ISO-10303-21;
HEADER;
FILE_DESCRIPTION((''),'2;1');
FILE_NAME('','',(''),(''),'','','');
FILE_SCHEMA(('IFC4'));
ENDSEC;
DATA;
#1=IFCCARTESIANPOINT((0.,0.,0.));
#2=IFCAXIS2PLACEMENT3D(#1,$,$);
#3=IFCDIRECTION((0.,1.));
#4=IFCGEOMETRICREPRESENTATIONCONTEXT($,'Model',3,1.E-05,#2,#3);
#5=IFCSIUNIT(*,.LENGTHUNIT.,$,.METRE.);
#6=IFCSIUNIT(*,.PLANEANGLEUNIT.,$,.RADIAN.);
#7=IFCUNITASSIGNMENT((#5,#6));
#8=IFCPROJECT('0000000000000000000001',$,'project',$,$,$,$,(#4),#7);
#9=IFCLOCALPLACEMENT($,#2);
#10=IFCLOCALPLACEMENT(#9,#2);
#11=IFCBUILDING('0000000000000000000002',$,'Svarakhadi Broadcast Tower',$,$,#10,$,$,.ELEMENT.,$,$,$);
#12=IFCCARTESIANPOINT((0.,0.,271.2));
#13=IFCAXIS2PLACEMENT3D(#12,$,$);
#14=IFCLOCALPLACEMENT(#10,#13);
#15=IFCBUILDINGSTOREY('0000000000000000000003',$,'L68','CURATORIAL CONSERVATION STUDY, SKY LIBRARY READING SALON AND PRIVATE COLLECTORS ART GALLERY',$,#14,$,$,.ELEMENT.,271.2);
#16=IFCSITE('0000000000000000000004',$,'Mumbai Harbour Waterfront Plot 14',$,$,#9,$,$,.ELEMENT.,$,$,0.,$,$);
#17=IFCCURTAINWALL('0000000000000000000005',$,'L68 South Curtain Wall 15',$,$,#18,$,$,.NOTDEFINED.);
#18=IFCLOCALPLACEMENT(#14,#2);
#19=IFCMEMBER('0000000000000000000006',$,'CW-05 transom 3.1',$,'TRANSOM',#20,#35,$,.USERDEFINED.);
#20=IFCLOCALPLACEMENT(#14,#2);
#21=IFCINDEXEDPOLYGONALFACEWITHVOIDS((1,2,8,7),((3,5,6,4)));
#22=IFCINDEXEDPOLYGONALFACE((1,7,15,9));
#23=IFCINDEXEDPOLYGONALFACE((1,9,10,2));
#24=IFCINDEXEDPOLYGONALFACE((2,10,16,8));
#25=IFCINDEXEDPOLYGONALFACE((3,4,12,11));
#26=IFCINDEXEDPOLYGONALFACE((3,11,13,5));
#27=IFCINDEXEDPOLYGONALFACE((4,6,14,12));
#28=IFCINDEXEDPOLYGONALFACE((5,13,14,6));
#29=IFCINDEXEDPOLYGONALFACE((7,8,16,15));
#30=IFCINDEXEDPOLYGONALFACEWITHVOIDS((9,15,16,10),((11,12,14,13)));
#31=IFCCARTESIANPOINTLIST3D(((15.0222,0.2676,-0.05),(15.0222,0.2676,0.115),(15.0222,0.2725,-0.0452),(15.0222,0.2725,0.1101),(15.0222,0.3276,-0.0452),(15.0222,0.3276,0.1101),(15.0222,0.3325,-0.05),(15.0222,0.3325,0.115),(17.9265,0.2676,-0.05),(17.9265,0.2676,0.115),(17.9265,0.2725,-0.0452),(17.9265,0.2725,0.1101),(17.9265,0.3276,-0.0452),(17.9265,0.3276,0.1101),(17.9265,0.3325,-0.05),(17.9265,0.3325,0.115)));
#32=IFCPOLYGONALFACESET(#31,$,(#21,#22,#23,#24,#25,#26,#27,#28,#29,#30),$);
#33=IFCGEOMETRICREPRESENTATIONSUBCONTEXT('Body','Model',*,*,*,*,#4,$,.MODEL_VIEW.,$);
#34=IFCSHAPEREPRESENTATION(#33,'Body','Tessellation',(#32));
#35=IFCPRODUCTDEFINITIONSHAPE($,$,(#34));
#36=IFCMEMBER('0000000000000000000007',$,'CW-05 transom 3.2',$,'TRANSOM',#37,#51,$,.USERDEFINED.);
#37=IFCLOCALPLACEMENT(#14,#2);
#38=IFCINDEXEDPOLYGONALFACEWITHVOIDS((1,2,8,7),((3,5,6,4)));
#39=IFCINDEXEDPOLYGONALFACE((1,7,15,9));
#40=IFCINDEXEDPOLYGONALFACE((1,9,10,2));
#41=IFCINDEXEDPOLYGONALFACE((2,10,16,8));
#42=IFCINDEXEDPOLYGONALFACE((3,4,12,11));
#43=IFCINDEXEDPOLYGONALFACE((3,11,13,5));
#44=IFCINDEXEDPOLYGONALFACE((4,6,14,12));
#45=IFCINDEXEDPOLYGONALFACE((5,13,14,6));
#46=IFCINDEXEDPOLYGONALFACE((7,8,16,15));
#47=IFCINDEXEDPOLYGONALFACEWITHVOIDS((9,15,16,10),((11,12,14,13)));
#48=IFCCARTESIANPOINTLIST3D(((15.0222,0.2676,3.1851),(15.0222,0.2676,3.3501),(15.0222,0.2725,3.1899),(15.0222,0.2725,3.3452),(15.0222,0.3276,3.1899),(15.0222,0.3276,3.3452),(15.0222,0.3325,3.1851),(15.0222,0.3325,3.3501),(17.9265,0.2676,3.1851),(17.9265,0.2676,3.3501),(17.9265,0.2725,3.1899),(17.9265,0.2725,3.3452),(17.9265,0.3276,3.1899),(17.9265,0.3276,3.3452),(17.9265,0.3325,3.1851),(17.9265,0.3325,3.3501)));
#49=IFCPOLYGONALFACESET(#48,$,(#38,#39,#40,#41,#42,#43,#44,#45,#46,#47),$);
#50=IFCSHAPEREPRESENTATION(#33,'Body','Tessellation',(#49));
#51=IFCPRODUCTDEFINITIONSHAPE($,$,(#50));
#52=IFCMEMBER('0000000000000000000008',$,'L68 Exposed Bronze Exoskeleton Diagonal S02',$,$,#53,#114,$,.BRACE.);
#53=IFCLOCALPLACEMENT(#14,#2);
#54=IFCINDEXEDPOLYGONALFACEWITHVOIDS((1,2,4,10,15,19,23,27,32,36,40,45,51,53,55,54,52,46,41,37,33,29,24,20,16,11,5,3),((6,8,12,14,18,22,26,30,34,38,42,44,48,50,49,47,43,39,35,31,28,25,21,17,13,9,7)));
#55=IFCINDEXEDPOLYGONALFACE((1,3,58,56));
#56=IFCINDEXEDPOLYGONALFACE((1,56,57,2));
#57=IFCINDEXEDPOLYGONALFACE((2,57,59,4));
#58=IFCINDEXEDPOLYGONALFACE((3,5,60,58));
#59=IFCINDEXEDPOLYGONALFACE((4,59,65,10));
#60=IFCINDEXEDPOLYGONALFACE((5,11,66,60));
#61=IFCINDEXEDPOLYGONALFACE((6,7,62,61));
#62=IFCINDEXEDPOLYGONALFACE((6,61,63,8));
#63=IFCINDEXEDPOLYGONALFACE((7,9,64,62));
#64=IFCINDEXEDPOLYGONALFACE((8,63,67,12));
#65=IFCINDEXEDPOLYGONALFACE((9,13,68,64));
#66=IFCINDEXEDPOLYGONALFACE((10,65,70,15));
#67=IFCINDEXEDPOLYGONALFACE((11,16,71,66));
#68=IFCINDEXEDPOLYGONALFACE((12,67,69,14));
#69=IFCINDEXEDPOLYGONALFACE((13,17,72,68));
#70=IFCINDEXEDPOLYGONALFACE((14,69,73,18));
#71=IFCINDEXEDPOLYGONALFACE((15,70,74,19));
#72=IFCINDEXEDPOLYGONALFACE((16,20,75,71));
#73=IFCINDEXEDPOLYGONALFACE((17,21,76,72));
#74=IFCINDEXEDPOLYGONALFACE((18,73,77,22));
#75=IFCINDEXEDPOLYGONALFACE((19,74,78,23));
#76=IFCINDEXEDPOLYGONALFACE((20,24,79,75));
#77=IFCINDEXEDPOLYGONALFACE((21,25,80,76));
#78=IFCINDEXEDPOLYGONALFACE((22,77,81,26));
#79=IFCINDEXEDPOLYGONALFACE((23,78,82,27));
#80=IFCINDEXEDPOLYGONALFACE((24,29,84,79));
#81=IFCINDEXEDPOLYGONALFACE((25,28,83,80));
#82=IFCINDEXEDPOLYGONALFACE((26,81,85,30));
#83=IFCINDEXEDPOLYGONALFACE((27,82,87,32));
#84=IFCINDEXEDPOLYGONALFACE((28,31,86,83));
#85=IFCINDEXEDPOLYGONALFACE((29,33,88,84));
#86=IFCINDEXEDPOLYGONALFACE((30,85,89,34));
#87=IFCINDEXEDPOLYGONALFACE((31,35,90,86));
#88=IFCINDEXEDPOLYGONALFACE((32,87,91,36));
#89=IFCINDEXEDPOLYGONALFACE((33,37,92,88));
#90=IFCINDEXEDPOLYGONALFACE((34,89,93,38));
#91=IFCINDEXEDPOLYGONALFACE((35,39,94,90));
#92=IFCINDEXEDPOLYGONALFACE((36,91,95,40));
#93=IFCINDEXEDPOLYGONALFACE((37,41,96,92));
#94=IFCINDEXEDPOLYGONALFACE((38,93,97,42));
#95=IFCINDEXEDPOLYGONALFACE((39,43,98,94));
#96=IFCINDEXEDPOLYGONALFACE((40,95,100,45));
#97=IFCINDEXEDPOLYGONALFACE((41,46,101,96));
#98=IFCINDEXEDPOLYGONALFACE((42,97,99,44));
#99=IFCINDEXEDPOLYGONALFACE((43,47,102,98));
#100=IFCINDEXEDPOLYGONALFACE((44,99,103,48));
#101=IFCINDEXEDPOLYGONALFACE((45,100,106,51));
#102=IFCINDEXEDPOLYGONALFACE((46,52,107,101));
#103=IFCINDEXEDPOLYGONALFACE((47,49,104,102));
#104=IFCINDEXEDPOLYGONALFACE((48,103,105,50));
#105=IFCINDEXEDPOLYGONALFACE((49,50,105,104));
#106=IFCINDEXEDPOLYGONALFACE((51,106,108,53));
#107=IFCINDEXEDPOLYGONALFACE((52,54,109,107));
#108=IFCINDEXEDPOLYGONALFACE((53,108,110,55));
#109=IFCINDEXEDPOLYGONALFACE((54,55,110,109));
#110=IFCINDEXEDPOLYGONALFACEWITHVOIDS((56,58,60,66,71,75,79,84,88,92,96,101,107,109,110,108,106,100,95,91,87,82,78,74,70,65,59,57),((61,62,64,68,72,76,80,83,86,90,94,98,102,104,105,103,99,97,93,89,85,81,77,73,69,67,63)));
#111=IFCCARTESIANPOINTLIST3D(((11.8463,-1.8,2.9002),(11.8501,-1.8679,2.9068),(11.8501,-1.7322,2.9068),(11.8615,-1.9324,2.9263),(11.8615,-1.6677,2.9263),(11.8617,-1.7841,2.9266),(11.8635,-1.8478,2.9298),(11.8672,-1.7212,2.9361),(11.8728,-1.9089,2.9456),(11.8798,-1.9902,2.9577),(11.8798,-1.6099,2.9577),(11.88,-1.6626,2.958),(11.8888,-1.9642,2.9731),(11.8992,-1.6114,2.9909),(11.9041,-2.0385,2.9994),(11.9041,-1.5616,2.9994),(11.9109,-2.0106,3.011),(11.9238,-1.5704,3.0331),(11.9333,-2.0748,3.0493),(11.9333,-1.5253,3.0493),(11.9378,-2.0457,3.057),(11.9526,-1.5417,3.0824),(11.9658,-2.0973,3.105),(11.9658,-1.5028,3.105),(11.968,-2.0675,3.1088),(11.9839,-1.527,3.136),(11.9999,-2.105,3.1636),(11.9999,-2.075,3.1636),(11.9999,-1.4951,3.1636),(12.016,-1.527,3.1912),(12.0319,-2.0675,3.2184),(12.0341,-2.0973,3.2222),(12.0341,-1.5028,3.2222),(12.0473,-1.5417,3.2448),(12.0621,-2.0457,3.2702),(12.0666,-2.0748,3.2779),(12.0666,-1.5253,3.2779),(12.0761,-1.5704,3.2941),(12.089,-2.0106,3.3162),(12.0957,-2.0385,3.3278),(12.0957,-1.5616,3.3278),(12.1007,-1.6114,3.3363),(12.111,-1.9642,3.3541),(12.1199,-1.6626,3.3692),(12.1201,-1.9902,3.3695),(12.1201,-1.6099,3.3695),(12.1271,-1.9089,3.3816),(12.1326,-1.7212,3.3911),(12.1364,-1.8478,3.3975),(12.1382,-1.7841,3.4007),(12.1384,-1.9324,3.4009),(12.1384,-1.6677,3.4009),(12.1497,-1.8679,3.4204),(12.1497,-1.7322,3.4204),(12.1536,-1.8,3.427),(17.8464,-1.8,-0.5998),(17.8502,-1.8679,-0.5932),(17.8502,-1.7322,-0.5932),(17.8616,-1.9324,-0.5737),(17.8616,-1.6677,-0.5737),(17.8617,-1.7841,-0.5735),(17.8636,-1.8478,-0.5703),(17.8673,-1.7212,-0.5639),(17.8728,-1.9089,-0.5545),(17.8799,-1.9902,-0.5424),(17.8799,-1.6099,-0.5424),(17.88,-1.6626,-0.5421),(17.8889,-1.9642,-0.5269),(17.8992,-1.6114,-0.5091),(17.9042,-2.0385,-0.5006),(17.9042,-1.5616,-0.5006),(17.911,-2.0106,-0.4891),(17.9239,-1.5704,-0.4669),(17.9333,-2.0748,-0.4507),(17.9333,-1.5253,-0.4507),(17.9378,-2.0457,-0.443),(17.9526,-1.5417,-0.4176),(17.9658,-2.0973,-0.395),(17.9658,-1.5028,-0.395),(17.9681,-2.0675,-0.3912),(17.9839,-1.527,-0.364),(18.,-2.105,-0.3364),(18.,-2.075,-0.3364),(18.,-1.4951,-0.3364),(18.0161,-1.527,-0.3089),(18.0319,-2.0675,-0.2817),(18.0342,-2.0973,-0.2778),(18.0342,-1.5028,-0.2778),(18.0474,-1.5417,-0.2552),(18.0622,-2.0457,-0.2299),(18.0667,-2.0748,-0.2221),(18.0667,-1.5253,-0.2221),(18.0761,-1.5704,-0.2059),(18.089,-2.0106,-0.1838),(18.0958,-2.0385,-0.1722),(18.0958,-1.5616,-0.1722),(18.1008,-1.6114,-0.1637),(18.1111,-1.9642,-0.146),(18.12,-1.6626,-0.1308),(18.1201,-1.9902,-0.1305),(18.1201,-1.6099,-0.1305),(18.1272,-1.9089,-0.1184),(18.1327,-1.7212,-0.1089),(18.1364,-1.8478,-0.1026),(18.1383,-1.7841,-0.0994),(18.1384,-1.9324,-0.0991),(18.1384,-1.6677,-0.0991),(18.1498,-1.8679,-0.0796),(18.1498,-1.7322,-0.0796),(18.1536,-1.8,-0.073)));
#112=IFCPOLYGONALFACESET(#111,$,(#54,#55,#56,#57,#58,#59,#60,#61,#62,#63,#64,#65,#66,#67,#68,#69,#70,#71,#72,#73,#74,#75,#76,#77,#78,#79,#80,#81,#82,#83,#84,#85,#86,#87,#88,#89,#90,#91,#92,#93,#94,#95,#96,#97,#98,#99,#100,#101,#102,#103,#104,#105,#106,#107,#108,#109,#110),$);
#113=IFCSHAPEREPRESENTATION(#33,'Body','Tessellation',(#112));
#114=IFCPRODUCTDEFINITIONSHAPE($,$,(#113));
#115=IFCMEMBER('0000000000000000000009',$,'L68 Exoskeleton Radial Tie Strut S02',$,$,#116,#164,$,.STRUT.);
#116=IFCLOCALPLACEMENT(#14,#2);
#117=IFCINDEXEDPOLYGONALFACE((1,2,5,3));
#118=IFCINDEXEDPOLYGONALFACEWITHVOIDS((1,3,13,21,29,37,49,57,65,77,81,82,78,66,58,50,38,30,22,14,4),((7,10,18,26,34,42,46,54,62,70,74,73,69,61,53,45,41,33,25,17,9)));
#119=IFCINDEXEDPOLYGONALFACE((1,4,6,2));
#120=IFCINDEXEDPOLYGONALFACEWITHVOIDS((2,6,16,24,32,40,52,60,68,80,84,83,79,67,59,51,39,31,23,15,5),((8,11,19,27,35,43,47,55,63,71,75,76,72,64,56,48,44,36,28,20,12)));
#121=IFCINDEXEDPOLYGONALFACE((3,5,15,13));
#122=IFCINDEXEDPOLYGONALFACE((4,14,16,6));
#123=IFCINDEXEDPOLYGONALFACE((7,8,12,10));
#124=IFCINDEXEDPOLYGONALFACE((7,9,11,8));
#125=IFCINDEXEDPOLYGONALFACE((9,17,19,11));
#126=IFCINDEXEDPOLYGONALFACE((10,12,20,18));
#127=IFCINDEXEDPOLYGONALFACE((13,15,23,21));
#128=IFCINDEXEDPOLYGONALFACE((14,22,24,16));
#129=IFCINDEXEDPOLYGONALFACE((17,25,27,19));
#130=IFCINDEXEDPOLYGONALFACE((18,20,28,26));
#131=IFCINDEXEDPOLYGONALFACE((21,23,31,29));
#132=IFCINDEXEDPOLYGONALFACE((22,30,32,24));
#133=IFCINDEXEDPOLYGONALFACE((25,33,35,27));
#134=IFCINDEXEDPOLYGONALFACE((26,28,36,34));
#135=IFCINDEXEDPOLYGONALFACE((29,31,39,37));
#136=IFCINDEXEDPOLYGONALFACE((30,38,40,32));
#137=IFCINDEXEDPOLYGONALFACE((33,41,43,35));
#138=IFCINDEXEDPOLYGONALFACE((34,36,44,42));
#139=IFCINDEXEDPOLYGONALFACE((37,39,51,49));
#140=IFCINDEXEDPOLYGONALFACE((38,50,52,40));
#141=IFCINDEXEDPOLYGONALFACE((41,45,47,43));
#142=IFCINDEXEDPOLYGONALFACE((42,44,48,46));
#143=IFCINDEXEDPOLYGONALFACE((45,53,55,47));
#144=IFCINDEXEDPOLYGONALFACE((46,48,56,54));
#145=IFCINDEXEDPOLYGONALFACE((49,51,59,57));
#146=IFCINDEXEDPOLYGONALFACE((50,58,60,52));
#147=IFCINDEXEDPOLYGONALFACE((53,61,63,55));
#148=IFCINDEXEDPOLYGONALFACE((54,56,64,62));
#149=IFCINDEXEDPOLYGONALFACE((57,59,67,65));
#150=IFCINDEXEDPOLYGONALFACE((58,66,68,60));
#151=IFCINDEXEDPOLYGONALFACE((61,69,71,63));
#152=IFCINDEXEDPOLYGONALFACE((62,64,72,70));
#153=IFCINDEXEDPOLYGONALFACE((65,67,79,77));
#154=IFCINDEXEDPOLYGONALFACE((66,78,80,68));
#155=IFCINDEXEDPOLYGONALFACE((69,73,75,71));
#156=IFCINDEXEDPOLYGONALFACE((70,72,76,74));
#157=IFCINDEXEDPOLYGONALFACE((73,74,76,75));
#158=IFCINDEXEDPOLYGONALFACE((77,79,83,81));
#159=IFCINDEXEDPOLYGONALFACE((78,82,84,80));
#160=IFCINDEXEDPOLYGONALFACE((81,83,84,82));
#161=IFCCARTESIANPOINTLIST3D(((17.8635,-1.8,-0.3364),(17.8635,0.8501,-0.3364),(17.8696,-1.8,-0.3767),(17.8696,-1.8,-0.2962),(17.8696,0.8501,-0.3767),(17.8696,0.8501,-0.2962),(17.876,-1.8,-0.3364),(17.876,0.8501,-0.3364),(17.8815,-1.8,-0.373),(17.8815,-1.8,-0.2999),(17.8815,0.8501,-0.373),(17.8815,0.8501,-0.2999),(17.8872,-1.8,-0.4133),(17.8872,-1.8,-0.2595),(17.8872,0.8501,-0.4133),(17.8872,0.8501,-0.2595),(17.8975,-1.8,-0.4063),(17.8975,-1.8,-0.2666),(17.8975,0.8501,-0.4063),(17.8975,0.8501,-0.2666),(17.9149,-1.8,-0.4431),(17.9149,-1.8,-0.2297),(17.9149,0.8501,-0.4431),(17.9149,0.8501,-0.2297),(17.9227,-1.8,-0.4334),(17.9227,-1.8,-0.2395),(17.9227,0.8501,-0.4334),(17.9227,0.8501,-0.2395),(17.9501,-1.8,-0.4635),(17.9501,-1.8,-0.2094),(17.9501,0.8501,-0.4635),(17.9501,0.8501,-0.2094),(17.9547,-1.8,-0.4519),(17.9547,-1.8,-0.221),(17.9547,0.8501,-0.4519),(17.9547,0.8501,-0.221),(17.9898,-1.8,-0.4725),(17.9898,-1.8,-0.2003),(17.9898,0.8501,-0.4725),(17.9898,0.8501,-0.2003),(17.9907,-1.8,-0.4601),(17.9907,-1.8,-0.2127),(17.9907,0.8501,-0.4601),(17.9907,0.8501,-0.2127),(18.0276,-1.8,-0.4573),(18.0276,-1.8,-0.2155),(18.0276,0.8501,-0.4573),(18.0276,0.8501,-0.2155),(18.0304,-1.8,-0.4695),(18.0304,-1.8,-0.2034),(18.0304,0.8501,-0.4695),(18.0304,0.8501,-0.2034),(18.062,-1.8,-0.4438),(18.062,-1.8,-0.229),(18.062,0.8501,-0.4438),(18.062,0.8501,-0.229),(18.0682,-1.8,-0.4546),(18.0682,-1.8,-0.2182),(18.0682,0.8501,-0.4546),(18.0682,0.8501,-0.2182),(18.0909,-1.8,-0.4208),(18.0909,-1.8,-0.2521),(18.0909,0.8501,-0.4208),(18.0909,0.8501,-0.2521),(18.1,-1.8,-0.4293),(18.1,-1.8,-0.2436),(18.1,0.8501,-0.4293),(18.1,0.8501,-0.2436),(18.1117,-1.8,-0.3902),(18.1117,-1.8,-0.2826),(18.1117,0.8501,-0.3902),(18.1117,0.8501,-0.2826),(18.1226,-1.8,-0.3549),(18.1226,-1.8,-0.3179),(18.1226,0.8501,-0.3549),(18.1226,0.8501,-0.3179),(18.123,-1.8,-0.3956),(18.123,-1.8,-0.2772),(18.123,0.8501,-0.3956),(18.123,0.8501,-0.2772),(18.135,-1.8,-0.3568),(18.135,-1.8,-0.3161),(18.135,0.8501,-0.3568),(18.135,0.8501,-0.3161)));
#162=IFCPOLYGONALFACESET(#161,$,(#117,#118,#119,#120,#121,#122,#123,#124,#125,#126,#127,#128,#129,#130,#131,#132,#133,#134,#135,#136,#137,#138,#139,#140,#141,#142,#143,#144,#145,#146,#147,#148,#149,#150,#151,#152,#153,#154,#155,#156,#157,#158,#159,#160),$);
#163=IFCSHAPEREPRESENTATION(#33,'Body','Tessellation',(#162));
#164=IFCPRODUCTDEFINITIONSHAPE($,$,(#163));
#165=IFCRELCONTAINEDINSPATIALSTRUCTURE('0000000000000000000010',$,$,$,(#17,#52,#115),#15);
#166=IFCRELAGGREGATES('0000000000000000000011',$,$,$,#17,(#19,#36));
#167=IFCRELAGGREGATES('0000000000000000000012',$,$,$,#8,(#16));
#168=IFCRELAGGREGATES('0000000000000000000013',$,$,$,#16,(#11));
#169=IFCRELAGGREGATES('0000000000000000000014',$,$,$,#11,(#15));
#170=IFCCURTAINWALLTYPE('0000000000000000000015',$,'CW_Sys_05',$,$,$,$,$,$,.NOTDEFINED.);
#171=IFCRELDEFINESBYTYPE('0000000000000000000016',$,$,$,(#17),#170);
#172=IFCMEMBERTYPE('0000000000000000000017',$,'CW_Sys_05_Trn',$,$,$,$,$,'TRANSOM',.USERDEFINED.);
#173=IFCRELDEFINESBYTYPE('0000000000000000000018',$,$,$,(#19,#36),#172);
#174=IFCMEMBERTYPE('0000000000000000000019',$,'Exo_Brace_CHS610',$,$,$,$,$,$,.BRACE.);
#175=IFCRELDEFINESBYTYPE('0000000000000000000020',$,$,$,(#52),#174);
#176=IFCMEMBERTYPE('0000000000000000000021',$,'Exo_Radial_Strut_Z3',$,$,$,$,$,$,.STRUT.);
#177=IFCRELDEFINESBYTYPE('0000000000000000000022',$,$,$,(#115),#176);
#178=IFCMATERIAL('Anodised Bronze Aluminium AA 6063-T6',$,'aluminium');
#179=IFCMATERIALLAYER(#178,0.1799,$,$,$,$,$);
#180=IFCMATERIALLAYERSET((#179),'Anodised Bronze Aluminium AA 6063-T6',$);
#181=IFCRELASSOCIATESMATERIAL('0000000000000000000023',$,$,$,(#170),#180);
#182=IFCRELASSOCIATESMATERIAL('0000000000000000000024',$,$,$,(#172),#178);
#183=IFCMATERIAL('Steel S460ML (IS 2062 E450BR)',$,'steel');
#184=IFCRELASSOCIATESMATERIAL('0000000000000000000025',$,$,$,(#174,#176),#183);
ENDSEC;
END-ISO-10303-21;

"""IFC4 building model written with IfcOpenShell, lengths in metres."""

from ifc_helpers import new_model, si_unit, direction, frame, origin, origin_2d, place, context, subcontext, project, spatial, hollow_rectangle, hollow_circle, extrude, material, layer, layer_set, material_profile, profile_set, type_object, element, aggregate, save


model = new_model("IFC4")

# Units and contexts
model_context = context("Model", 3, precision=1e-05, world=origin(), true_north=direction((0.0, 1.0)))
body_context = subcontext(model_context, "Body", "Model", "MODEL_VIEW")
ifc_project = project(units=[si_unit("LENGTHUNIT", "METRE"), si_unit("PLANEANGLEUNIT", "RADIAN")], contexts=[model_context])

# Site, building, storey
site_placement = place(None, origin())
site = spatial("IfcSite", under=ifc_project, at=site_placement, Name="Mumbai Harbour Waterfront Plot 14", CompositionType="ELEMENT", RefElevation=0.0)
building_placement = place(site_placement, origin())
building = spatial("IfcBuilding", under=site, at=building_placement, Name="Svarakhadi Broadcast Tower", CompositionType="ELEMENT")
storey_placement = place(building_placement, frame((0.0, 0.0, 271.2)))
storey = spatial("IfcBuildingStorey", under=building, at=storey_placement, Name="L68", Description="CURATORIAL CONSERVATION STUDY, SKY LIBRARY READING SALON AND PRIVATE COLLECTORS ART GALLERY", CompositionType="ELEMENT", Elevation=271.2)

# Shared definitions
ifc_material_1 = material(Name="Steel S460ML (IS 2062 E450BR)", Category="steel")

# Curtain wall, members
ifc_material_2 = material(Name="Anodised Bronze Aluminium AA 6063-T6", Category="aluminium")
ifc_layer_1 = layer(ifc_material_2, 0.1799)
ifc_layer_set_1 = layer_set([ifc_layer_1], Name="Anodised Bronze Aluminium AA 6063-T6")
curtain_wall_type = type_object("IfcCurtainWallType", Name="CW_Sys_05", PredefinedType="NOTDEFINED", material=ifc_layer_set_1)
curtain_wall_placement = place(storey_placement, origin())
curtain_wall = element("IfcCurtainWall", 1, at=curtain_wall_placement, inside=storey, type_object=curtain_wall_type, Name="L68 South Curtain Wall 15", PredefinedType="NOTDEFINED")
ifc_material_profile_1 = material_profile(ifc_material_2, hollow_rectangle(XDim=0.0649, YDim=0.165, WallThickness=0.0049, at=origin_2d()), Name="ALU TRANSOM 165x65x5")
ifc_profile_set_1 = profile_set([ifc_material_profile_1], Name="Anodised Bronze Aluminium AA 6063-T6")
member_type_1 = type_object("IfcMemberType", Name="CW_Sys_05_Trn", ElementType="TRANSOM", PredefinedType="USERDEFINED", material=ifc_profile_set_1)
member_1_placement = place(storey_placement, frame((17.9265, 0.3, 0.0325), z_axis=(-1.0, 0.0, 0.0), x_axis=(0.0, -1.0, 0.0)))
member_1 = element("IfcMember", 2, at=member_1_placement, type_object=member_type_1, Name="CW-05 transom 3.1", ObjectType="TRANSOM", PredefinedType="USERDEFINED", context=body_context, shape_type="SweptSolid", body=[
    extrude(hollow_rectangle(XDim=0.0649, YDim=0.165, WallThickness=0.0049, at=origin_2d()), origin(), (0.0, 0.0, 1.0), 2.9043),
])
member_2_placement = place(storey_placement, frame((17.9265, 0.3, 3.2676), z_axis=(-1.0, 0.0, 0.0), x_axis=(0.0, -1.0, 0.0)))
member_2 = element("IfcMember", 3, at=member_2_placement, type_object=member_type_1, Name="CW-05 transom 3.2", ObjectType="TRANSOM", PredefinedType="USERDEFINED", context=body_context, shape_type="SweptSolid", body=[
    extrude(hollow_rectangle(XDim=0.0649, YDim=0.165, WallThickness=0.0049, at=origin_2d()), origin(), (0.0, 0.0, 1.0), 2.9043),
])

# Members
ifc_material_profile_2 = material_profile(ifc_material_1, hollow_circle(Radius=0.3049, WallThickness=0.03, at=origin_2d()), Name="CHS 610x30")
ifc_profile_set_2 = profile_set([ifc_material_profile_2], Name="Steel S460ML (IS 2062 E450BR)")
member_type_2 = type_object("IfcMemberType", Name="Exo_Brace_CHS610", PredefinedType="BRACE", material=ifc_profile_set_2)
member_3_placement = place(storey_placement, frame((18.0, -1.8, -0.3364), z_axis=(-0.863779, 0.0, 0.503871), x_axis=(0.0, -1.0, 0.0)))
element("IfcMember", 4, at=member_3_placement, inside=storey, type_object=member_type_2, Name="L68 Exposed Bronze Exoskeleton Diagonal S02", PredefinedType="BRACE", context=body_context, shape_type="SweptSolid", body=[
    extrude(hollow_circle(Radius=0.3049, WallThickness=0.03, at=origin_2d()), origin(), (0.0, 0.0, 1.0), 6.9463),
])
ifc_material_profile_3 = material_profile(ifc_material_1, hollow_circle(Radius=0.1365, WallThickness=0.0125, at=origin_2d()), Name="CHS 273x12.5")
ifc_profile_set_3 = profile_set([ifc_material_profile_3], Name="Steel S460ML (IS 2062 E450BR)")
member_type_3 = type_object("IfcMemberType", Name="Exo_Radial_Strut_Z3", PredefinedType="STRUT", material=ifc_profile_set_3)
member_4_placement = place(storey_placement, frame((18.0, -1.8, -0.3364), z_axis=(0.0, 1.0, 0.0), x_axis=(-1.0, 0.0, 0.0)))
element("IfcMember", 5, at=member_4_placement, inside=storey, type_object=member_type_3, Name="L68 Exoskeleton Radial Tie Strut S02", PredefinedType="STRUT", context=body_context, shape_type="SweptSolid", body=[
    extrude(hollow_circle(Radius=0.1365, WallThickness=0.0125, at=origin_2d()), origin(), (0.0, 0.0, 1.0), 2.6501),
])

aggregate(curtain_wall, [member_1, member_2])

save(model, "model.ifc")
